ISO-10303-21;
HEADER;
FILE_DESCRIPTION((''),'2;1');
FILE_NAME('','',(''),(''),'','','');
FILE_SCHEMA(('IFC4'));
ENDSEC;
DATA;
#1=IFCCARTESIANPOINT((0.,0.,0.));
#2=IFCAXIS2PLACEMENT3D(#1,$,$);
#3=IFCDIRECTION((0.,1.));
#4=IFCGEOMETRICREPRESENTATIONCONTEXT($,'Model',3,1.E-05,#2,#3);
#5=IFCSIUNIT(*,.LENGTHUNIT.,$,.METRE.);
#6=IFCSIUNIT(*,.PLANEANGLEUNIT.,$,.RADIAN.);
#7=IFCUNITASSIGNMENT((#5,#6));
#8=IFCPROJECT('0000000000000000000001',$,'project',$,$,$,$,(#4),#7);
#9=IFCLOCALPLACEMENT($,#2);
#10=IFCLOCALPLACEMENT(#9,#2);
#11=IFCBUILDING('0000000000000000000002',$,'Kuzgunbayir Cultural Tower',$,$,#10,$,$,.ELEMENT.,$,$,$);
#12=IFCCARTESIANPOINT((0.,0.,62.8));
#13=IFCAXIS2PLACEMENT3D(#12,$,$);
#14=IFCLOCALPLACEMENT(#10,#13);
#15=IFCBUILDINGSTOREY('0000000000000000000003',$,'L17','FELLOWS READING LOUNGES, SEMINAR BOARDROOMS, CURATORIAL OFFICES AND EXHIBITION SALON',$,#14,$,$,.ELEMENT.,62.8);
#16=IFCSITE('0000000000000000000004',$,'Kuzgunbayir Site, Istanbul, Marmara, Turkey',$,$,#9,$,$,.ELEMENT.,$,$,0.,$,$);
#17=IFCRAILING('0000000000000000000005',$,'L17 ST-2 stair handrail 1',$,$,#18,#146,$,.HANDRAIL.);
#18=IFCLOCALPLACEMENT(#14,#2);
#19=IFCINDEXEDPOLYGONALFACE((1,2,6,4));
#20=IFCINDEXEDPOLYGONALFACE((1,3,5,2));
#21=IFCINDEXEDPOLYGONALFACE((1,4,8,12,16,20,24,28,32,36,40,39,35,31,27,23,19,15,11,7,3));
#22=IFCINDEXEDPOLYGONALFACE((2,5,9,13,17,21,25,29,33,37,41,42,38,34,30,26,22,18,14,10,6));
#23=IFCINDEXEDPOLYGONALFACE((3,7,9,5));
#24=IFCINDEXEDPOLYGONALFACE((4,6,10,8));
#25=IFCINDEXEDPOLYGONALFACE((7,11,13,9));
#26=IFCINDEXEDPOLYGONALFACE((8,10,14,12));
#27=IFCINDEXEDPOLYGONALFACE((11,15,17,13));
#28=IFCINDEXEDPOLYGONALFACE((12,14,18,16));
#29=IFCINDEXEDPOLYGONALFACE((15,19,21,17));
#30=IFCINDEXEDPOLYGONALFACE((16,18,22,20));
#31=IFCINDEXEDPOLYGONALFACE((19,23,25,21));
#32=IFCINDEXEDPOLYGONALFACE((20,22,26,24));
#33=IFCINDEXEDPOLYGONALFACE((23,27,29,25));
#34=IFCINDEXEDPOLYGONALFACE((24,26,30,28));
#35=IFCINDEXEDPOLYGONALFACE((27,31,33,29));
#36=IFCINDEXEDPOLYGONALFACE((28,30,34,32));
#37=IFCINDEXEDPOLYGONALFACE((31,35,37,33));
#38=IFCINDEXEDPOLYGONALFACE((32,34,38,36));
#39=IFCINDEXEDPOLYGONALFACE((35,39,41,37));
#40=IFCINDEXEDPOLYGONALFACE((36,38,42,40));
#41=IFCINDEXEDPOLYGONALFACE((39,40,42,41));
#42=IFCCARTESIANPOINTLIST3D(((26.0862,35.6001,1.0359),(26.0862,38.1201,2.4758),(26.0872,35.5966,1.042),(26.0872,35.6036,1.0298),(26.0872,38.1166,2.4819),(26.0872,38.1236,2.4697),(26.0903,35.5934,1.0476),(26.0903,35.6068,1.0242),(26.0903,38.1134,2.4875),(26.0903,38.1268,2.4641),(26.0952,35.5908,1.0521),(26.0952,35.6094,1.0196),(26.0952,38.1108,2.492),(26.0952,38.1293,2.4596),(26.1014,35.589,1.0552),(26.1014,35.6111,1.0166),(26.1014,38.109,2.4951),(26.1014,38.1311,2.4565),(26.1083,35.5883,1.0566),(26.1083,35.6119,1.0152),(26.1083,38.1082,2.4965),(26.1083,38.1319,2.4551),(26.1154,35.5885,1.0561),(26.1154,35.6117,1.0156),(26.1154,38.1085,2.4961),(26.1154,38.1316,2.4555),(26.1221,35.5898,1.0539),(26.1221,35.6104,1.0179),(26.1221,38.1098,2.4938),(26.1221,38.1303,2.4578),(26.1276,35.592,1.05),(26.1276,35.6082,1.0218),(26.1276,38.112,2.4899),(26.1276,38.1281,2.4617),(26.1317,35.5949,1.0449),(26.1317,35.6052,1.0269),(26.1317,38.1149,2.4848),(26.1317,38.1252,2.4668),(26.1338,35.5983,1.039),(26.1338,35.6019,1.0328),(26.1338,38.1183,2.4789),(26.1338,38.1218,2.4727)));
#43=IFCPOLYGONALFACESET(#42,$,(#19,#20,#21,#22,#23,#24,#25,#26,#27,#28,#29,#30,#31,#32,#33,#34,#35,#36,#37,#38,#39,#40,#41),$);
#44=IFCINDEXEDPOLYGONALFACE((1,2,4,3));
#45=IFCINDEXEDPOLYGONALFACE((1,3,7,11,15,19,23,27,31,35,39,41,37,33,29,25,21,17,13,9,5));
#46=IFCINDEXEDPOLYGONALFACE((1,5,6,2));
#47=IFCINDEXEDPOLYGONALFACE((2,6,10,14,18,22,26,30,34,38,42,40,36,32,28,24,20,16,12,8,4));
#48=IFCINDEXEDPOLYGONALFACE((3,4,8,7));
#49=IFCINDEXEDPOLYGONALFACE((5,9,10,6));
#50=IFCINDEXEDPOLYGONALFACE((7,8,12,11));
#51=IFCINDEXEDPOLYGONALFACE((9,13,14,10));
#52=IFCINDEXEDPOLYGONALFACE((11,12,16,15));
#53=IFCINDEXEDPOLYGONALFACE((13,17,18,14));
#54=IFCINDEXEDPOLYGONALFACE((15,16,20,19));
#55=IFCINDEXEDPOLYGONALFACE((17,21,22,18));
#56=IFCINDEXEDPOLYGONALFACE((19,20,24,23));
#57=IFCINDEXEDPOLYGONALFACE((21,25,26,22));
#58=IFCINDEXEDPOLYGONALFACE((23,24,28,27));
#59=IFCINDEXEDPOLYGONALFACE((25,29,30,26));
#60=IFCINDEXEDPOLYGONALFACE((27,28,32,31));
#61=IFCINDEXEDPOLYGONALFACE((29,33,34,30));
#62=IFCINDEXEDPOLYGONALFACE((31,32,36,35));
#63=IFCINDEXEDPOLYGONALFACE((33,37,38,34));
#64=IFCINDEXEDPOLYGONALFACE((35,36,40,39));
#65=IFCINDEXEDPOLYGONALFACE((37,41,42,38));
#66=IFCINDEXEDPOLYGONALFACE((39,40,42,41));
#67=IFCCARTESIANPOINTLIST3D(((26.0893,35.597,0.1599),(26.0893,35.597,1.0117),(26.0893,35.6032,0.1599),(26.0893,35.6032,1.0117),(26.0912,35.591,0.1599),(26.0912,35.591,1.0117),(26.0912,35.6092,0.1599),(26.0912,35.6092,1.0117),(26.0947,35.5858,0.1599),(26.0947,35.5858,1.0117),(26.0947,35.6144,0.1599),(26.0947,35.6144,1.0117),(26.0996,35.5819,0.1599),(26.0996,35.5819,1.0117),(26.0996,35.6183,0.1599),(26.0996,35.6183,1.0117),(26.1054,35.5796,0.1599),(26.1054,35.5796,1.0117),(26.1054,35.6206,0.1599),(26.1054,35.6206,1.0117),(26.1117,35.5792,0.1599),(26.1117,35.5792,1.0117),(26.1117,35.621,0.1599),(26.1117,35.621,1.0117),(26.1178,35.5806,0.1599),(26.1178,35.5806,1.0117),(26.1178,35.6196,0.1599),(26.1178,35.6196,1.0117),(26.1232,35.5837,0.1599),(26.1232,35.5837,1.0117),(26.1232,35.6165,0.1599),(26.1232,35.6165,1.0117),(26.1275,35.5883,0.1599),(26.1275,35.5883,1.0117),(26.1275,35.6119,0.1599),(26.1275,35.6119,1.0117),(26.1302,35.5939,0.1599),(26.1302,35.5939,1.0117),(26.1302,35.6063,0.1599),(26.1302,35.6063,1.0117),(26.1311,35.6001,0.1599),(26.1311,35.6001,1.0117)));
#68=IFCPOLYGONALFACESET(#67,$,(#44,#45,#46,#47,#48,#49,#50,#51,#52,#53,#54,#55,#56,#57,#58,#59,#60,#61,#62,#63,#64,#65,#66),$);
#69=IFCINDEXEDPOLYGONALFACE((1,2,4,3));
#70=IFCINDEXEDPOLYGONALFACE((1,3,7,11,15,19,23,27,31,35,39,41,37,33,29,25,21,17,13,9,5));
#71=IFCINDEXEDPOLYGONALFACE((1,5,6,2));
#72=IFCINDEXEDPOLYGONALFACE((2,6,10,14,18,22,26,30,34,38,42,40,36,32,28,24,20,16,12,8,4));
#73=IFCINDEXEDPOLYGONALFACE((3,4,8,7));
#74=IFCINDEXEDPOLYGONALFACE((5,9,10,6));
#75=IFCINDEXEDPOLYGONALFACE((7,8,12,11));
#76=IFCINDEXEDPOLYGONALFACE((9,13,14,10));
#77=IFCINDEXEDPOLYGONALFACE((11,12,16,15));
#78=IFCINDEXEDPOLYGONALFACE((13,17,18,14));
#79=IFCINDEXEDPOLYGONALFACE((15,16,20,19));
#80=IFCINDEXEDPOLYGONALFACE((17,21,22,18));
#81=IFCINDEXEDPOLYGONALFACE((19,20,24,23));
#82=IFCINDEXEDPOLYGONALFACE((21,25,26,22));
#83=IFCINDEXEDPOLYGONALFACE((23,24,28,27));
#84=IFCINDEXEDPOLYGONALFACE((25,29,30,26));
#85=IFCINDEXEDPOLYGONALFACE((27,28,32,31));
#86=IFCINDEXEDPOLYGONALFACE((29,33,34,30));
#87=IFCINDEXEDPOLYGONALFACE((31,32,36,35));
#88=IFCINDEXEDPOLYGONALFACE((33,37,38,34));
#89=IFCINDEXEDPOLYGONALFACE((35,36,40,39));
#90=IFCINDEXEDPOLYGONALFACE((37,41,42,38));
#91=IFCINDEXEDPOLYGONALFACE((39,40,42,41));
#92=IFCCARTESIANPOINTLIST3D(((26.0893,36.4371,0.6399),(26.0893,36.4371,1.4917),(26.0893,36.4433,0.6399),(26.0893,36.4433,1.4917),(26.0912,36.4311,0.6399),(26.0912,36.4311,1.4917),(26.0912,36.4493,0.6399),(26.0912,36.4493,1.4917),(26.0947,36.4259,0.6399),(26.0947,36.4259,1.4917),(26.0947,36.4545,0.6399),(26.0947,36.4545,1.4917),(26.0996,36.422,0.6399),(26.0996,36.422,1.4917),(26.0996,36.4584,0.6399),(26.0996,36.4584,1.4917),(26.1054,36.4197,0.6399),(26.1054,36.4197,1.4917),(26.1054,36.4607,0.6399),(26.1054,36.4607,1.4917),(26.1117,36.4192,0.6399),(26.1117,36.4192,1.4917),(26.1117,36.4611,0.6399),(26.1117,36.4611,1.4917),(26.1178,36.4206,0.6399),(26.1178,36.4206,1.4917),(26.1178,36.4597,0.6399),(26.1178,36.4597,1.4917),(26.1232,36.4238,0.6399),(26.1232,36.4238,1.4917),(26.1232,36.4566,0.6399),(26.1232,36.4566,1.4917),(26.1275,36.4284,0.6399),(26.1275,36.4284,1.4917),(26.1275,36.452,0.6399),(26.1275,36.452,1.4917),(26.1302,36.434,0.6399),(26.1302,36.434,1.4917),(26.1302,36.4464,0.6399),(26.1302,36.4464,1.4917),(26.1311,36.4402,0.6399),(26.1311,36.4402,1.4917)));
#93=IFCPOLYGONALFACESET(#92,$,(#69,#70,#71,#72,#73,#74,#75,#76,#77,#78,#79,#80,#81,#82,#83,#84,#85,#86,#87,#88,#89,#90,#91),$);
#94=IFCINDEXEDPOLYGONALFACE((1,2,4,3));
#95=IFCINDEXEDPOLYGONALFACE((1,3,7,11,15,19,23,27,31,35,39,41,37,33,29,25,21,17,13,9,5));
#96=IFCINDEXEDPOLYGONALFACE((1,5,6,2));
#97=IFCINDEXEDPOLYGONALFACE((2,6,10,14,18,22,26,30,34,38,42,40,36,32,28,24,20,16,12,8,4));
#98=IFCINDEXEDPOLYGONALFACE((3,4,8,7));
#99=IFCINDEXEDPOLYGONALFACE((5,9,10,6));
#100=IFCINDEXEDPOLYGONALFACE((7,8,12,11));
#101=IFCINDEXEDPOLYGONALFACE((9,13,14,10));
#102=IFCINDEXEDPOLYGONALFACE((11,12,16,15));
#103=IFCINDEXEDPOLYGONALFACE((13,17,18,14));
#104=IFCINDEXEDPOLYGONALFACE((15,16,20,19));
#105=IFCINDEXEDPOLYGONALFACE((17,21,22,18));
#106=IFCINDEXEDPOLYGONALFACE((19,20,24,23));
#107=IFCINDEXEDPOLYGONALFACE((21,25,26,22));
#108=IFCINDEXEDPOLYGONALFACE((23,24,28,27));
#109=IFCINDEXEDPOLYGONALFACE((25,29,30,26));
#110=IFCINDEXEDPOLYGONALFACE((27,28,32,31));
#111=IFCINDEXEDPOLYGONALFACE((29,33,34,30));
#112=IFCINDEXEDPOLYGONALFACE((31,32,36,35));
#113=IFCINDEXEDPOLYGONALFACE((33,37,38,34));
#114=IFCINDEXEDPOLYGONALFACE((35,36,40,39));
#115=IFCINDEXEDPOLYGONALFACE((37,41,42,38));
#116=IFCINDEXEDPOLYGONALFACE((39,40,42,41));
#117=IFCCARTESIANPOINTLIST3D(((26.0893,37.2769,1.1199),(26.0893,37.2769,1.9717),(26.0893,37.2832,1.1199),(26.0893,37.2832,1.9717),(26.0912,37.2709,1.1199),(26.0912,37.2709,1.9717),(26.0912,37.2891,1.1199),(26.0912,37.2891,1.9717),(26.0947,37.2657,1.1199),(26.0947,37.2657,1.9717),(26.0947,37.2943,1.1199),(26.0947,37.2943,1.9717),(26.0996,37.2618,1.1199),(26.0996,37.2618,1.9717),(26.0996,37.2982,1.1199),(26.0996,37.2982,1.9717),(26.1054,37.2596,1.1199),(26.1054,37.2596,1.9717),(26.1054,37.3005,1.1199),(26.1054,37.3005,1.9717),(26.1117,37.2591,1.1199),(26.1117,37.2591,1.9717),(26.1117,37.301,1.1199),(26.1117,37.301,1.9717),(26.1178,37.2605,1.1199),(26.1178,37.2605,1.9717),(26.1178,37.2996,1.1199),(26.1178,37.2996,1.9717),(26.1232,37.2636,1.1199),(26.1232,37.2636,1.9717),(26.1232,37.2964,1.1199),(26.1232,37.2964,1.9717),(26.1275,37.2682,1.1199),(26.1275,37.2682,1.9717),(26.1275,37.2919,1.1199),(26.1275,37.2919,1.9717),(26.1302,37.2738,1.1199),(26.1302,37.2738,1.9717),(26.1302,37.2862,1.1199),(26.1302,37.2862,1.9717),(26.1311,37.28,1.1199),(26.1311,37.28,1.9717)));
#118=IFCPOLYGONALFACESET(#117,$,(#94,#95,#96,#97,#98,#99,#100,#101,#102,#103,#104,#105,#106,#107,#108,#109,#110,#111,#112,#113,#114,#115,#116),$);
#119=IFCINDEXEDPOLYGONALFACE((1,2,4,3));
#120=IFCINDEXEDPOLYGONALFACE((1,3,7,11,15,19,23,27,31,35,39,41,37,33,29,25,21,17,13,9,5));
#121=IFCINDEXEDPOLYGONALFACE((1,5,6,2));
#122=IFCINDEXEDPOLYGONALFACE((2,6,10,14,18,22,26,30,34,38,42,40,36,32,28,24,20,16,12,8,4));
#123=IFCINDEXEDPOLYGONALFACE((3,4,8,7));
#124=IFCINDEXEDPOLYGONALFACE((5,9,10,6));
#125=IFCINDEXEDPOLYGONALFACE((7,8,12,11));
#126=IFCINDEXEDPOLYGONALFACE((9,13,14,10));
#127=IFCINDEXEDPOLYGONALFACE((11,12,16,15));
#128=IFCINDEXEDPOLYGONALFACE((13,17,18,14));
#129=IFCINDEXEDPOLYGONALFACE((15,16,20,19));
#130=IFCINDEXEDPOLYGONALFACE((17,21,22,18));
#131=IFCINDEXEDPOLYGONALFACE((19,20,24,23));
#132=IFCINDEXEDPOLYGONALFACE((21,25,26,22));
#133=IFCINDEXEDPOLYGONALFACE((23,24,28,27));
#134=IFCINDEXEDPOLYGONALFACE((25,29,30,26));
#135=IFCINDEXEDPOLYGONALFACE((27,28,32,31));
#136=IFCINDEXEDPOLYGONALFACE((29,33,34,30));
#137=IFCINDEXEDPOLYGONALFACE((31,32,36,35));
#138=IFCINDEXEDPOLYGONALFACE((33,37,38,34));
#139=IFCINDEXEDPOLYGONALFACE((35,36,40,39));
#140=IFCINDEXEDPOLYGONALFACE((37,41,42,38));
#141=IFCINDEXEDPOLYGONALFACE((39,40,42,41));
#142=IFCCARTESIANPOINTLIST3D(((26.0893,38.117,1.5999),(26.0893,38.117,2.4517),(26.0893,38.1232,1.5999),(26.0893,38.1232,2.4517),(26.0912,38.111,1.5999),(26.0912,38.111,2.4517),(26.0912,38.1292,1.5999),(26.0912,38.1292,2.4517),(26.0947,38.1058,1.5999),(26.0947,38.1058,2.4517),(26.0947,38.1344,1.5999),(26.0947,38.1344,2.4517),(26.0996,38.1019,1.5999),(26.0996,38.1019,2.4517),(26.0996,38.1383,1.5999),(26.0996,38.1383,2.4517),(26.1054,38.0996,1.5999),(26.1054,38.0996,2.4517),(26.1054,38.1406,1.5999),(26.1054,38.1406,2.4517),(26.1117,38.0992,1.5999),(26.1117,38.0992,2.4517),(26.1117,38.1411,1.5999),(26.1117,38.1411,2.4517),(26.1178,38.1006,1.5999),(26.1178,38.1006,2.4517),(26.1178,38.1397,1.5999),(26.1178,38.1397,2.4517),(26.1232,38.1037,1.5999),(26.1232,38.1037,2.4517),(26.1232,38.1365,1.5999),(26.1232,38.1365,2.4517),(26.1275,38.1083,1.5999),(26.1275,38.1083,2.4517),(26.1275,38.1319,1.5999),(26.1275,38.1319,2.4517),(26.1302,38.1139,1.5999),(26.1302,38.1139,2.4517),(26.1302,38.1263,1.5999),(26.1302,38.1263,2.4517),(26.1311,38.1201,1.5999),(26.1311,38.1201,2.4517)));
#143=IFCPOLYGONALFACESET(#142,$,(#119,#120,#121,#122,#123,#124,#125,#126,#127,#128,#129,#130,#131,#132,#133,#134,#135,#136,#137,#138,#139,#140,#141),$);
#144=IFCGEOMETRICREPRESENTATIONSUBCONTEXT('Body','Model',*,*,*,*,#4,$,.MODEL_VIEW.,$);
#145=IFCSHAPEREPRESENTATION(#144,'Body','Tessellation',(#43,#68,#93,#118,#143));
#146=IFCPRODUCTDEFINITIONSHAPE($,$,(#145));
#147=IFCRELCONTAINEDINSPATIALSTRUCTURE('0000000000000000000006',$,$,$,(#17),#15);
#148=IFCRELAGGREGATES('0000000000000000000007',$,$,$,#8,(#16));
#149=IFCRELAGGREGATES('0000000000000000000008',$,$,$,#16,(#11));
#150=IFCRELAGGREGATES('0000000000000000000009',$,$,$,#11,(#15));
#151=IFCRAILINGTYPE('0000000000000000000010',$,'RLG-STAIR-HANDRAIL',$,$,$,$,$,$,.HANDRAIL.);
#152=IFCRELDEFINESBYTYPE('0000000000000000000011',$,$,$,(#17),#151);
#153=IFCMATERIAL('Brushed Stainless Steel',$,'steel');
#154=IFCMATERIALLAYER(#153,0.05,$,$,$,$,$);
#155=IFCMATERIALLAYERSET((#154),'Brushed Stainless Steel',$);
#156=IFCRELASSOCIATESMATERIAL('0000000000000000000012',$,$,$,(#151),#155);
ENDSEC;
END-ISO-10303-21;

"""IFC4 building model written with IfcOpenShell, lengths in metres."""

from ifc_helpers import new_model, si_unit, direction, frame, origin, origin_2d, place, context, subcontext, project, spatial, circle, extrude, material, layer, layer_set, type_object, element, save


model = new_model("IFC4")

# Units and contexts
model_context = context("Model", 3, precision=1e-05, world=origin(), true_north=direction((0.0, 1.0)))
body_context = subcontext(model_context, "Body", "Model", "MODEL_VIEW")
ifc_project = project(units=[si_unit("LENGTHUNIT", "METRE"), si_unit("PLANEANGLEUNIT", "RADIAN")], contexts=[model_context])

# Site, building, storey
site_placement = place(None, origin())
site = spatial("IfcSite", under=ifc_project, at=site_placement, Name="Kuzgunbayir Site, Istanbul, Marmara, Turkey", CompositionType="ELEMENT", RefElevation=0.0)
building_placement = place(site_placement, origin())
building = spatial("IfcBuilding", under=site, at=building_placement, Name="Kuzgunbayir Cultural Tower", CompositionType="ELEMENT")
storey_placement = place(building_placement, frame((0.0, 0.0, 62.8)))
storey = spatial("IfcBuildingStorey", under=building, at=storey_placement, Name="L17", Description="FELLOWS READING LOUNGES, SEMINAR BOARDROOMS, CURATORIAL OFFICES AND EXHIBITION SALON", CompositionType="ELEMENT", Elevation=62.8)

# Railing
ifc_material_1 = material(Name="Brushed Stainless Steel", Category="steel")
ifc_layer_1 = layer(ifc_material_1, 0.05)
ifc_layer_set_1 = layer_set([ifc_layer_1], Name="Brushed Stainless Steel")
railing_type_1 = type_object("IfcRailingType", Name="RLG-STAIR-HANDRAIL", PredefinedType="HANDRAIL", material=ifc_layer_set_1)
railing_1_placement = place(storey_placement, frame((26.1101, 35.6001, 0.1599)))
element("IfcRailing", 1, at=railing_1_placement, inside=storey, type_object=railing_type_1, Name="L17 ST-2 stair handrail 1", PredefinedType="HANDRAIL", context=body_context, shape_type="SweptSolid", body=[
    extrude(circle(Radius=0.0239, at=origin_2d()), frame((0.0, 0.0, 0.876), z_axis=(0.0, 0.868253, 0.496121), x_axis=(-1.0, 0.0, 0.0)), (0.0, 0.0, 1.0), 2.9023),
    extrude(circle(Radius=0.021, at=origin_2d()), origin(), (0.0, 0.0, 1.0), 0.8518),
    extrude(circle(Radius=0.021, at=origin_2d()), frame((0.0, 0.8401, 0.48)), (0.0, 0.0, 1.0), 0.8518),
    extrude(circle(Radius=0.021, at=origin_2d()), frame((0.0, 1.6799, 0.96)), (0.0, 0.0, 1.0), 0.8518),
    extrude(circle(Radius=0.021, at=origin_2d()), frame((0.0, 2.52, 1.4399)), (0.0, 0.0, 1.0), 0.8518),
])

save(model, "model.ifc")
